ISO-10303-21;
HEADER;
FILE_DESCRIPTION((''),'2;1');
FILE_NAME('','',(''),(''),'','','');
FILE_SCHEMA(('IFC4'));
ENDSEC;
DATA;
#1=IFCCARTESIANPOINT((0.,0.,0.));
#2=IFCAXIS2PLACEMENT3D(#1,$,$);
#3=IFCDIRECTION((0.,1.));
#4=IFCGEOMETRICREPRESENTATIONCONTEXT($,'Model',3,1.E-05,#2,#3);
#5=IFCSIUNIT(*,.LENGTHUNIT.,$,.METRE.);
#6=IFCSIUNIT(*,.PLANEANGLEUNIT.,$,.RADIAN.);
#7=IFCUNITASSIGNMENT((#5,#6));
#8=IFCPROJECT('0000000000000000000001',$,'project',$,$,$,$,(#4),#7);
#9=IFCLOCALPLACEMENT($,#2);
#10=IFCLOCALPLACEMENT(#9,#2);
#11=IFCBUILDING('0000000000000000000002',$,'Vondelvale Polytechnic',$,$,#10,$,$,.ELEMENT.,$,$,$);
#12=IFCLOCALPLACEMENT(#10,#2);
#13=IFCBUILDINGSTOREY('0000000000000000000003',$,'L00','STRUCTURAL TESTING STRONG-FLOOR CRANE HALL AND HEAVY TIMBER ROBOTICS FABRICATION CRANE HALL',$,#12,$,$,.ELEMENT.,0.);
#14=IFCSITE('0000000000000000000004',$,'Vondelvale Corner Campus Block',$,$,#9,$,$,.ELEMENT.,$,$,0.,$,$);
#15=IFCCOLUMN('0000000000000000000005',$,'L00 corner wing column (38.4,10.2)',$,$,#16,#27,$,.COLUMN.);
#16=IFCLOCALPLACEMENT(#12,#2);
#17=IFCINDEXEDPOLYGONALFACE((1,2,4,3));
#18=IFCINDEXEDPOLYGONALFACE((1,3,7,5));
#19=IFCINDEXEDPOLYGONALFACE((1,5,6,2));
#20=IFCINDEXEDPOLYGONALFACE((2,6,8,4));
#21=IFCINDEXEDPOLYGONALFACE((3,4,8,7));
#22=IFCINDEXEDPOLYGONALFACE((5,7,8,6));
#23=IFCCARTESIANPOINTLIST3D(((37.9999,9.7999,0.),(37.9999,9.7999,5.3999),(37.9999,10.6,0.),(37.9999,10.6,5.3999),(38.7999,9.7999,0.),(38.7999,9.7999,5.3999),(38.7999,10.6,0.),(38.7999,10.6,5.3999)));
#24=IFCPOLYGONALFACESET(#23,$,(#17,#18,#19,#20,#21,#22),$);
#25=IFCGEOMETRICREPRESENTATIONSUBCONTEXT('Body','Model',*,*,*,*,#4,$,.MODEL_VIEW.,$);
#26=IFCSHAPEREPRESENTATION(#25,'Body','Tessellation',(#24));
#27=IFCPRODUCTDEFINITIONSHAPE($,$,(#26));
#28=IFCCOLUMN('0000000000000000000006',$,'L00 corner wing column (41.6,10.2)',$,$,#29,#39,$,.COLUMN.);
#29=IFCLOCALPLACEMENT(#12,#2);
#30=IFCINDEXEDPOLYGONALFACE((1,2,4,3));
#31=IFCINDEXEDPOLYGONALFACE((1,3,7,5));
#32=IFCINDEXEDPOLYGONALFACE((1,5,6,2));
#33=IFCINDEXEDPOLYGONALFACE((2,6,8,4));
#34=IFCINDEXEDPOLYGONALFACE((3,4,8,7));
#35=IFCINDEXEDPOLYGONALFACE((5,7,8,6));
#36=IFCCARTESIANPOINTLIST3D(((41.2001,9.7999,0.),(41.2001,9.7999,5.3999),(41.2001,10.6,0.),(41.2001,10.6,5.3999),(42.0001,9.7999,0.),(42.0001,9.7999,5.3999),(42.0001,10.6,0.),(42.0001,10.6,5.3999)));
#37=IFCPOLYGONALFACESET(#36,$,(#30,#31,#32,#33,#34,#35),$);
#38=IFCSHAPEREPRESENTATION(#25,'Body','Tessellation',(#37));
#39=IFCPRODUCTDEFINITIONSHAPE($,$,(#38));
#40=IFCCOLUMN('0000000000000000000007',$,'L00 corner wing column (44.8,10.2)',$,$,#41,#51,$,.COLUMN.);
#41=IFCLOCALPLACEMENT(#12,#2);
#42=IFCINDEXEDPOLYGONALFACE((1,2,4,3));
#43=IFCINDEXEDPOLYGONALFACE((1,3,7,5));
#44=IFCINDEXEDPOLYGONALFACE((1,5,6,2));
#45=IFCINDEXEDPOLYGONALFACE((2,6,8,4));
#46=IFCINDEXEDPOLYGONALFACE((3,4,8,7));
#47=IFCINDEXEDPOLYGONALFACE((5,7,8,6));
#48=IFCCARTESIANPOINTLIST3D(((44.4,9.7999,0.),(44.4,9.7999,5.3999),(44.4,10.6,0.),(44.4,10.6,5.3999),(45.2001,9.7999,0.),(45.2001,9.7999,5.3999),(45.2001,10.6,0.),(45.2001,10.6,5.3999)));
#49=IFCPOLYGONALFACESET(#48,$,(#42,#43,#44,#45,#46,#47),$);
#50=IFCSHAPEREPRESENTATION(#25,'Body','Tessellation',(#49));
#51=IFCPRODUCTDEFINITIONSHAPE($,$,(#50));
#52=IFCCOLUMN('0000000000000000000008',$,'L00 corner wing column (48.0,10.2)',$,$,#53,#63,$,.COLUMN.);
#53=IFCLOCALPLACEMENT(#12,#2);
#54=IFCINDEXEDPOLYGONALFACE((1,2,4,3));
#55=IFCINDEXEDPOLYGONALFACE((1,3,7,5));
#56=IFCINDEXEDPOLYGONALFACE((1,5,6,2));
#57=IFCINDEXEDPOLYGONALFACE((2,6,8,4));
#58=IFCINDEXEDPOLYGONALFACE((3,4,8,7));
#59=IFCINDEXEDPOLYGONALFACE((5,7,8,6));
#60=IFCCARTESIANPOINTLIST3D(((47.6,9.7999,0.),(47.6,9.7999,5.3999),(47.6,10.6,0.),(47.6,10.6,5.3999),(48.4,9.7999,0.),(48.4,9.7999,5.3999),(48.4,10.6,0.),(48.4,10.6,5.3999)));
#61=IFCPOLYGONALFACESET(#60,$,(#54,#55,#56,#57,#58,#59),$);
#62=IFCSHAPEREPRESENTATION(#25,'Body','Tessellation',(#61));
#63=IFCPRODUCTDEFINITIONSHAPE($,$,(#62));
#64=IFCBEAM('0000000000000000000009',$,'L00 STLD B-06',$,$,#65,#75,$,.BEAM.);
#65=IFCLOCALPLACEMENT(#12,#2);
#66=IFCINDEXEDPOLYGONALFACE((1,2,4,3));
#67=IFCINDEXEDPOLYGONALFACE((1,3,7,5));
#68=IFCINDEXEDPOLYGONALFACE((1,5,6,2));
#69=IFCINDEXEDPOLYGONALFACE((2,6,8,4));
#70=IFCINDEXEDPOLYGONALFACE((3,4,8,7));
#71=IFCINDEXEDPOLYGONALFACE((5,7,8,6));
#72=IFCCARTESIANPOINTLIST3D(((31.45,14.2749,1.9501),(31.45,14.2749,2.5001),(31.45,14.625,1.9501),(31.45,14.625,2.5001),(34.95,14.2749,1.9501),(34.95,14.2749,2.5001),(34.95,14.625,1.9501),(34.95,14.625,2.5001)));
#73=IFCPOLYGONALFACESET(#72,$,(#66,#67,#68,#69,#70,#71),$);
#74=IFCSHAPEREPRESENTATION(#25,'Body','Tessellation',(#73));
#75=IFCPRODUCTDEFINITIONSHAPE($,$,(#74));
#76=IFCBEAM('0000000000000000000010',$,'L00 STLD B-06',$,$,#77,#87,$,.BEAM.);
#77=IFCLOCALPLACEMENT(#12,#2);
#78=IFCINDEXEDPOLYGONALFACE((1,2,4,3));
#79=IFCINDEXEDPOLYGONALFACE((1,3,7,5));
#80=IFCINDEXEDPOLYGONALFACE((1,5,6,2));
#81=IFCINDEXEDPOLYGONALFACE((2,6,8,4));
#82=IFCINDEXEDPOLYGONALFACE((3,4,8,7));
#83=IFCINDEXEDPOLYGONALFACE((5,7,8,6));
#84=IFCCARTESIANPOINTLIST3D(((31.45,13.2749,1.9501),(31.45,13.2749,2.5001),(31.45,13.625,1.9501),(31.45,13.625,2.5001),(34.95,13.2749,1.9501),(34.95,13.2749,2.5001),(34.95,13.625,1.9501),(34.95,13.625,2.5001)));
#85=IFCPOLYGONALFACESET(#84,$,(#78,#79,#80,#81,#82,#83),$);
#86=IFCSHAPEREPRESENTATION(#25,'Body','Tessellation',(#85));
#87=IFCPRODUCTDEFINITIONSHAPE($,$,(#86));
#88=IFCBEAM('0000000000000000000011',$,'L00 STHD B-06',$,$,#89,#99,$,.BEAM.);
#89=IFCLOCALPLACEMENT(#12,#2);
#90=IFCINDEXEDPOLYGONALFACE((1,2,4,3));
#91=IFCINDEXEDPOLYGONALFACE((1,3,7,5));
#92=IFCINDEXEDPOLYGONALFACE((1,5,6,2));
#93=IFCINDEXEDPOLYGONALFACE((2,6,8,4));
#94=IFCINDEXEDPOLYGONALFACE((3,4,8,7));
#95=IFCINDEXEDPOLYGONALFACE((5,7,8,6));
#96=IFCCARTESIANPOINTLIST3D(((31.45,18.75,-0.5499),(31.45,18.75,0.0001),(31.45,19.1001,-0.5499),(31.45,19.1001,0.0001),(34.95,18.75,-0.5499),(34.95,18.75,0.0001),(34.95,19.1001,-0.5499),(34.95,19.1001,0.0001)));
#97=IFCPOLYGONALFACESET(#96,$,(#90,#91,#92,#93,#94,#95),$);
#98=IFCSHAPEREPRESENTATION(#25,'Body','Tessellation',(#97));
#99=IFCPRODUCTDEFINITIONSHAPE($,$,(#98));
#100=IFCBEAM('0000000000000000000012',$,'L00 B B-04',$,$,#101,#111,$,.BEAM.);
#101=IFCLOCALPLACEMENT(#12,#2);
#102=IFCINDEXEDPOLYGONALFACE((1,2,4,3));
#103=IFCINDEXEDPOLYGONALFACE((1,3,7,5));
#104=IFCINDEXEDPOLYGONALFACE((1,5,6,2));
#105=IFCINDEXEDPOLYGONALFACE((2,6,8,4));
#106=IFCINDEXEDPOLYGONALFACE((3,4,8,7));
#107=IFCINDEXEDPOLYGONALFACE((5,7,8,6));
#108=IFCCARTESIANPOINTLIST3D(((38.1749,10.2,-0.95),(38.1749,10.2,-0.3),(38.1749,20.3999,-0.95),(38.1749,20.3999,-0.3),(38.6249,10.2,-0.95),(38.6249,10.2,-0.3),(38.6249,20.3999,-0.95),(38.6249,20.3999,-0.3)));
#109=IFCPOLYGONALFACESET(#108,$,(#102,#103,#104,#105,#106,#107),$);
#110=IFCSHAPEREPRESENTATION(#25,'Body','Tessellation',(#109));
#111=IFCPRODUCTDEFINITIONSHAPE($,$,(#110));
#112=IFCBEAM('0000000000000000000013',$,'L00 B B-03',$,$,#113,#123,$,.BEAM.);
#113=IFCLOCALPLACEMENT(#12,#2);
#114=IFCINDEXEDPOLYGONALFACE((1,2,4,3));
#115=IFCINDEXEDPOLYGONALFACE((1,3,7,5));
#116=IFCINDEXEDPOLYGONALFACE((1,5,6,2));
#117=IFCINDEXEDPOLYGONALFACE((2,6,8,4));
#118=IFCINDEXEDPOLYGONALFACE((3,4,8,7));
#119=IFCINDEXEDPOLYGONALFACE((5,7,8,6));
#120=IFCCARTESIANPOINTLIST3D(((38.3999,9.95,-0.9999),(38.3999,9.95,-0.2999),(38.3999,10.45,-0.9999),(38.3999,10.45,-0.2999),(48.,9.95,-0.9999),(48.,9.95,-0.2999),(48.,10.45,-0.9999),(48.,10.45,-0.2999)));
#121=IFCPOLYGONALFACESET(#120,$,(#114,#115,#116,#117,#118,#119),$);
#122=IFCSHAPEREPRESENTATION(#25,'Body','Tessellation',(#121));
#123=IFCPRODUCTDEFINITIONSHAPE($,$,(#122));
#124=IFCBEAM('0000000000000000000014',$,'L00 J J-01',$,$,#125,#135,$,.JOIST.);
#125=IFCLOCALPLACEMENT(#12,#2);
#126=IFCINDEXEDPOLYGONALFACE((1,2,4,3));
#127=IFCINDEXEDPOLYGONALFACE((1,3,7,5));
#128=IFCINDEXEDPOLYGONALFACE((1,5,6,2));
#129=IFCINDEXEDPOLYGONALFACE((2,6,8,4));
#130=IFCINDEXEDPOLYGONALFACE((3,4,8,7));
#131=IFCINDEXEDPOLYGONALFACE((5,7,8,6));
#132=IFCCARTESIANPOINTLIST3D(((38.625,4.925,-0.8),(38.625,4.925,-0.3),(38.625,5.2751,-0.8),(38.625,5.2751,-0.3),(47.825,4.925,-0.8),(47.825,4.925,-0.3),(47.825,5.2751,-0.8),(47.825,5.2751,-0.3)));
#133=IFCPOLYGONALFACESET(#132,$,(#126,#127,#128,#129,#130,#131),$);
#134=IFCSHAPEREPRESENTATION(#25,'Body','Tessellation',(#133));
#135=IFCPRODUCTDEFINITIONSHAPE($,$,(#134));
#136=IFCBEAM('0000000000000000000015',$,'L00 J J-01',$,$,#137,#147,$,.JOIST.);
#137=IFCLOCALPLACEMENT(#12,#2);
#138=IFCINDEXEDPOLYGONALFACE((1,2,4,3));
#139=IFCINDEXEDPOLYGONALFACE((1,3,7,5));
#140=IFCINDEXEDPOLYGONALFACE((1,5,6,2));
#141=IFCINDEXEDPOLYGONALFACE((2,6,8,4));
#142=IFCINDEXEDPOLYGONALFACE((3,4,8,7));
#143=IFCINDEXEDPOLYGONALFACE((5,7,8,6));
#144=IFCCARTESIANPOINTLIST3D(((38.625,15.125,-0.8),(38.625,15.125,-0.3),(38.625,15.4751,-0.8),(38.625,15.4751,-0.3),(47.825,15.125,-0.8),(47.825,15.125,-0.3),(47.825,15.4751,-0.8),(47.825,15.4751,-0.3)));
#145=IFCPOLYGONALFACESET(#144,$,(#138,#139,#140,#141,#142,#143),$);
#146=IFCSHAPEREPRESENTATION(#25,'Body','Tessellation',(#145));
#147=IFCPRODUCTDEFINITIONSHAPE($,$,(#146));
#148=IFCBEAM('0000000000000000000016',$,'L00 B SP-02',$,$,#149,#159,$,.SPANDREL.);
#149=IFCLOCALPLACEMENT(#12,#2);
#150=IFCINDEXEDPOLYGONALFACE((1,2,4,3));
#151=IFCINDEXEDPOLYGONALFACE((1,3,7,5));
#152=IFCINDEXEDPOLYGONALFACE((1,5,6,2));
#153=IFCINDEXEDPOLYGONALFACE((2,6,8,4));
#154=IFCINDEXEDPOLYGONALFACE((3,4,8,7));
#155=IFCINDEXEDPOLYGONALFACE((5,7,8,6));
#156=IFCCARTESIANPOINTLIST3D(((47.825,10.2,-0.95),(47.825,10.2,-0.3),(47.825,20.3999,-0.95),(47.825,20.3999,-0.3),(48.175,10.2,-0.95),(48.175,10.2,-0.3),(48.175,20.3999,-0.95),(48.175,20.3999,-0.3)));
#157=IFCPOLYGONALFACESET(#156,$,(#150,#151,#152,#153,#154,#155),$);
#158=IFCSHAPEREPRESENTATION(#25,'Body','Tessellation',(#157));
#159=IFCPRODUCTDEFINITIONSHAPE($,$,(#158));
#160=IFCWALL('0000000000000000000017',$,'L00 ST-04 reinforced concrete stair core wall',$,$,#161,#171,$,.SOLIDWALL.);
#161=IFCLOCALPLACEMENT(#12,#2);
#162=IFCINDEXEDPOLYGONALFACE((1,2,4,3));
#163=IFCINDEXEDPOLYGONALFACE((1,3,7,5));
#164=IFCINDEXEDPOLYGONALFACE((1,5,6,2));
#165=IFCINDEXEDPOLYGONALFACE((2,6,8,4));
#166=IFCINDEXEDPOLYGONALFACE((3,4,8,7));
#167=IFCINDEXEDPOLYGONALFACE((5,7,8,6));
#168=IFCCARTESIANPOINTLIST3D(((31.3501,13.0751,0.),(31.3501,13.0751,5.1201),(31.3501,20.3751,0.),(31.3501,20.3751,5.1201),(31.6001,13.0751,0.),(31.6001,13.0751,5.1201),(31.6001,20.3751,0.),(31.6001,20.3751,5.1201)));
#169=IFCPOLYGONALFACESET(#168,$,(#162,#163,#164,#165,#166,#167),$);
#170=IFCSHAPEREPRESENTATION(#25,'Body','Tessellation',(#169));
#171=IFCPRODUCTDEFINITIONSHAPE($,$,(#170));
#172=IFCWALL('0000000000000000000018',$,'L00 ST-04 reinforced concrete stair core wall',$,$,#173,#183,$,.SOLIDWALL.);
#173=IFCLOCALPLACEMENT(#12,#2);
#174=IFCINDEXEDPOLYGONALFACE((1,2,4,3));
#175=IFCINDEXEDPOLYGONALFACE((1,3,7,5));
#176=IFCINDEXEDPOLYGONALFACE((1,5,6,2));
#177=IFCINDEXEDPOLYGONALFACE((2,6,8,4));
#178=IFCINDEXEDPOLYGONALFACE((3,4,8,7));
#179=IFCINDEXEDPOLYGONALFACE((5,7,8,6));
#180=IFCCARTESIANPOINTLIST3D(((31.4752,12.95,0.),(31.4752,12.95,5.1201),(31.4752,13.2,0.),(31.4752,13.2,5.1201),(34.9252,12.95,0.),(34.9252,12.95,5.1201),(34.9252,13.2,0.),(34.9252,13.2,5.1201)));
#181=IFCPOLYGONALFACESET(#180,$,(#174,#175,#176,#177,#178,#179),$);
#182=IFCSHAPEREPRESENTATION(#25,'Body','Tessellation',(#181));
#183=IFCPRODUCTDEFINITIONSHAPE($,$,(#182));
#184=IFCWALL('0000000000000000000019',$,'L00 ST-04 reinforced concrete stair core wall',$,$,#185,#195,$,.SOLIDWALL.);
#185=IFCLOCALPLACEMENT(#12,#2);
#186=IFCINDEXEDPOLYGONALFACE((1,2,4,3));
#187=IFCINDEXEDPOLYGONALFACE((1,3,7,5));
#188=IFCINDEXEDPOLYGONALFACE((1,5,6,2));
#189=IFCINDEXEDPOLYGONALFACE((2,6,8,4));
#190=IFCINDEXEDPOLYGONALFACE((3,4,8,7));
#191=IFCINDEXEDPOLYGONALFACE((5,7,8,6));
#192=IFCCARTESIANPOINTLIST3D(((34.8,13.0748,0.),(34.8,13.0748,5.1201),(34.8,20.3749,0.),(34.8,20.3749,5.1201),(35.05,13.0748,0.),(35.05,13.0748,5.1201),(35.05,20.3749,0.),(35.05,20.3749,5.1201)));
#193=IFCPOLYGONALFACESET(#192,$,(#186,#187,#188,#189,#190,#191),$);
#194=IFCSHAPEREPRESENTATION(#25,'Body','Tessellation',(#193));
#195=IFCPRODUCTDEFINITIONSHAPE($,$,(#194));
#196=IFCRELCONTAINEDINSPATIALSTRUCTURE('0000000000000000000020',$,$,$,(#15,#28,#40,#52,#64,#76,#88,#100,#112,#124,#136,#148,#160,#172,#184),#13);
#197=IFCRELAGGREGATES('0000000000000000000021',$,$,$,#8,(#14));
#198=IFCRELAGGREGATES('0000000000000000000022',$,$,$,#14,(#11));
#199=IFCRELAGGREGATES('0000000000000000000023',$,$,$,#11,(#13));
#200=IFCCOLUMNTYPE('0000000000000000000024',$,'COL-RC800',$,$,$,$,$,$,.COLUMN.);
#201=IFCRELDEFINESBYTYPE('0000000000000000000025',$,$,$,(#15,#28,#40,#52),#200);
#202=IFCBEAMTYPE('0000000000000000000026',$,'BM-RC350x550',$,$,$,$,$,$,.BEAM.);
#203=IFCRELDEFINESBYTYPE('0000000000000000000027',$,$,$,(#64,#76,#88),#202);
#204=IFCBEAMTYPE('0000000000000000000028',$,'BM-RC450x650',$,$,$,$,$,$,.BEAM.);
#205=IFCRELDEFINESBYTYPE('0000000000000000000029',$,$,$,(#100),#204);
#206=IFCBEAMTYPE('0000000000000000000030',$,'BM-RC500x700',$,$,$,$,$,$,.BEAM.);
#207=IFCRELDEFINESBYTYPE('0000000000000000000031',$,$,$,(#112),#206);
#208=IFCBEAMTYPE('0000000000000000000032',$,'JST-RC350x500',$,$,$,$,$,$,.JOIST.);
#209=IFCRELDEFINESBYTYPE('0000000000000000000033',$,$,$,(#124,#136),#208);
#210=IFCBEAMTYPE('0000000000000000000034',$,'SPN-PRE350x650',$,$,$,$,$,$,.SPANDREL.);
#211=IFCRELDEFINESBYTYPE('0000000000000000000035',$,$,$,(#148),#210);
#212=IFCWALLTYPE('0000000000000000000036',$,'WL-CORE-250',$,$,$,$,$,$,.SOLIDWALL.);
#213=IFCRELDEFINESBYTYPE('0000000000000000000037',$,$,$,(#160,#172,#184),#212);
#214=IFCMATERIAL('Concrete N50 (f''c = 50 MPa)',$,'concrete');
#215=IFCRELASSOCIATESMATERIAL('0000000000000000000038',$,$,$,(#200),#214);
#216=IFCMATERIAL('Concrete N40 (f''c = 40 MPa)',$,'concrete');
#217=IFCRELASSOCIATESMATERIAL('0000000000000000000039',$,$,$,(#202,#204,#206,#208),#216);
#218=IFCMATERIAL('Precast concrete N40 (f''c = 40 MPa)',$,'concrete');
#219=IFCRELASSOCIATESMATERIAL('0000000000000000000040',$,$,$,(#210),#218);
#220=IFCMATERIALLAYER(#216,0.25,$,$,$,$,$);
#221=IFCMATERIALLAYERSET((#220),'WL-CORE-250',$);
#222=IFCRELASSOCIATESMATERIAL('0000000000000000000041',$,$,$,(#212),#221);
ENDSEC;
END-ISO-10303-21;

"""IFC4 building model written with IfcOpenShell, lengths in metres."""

from ifc_helpers import new_model, si_unit, direction, frame, frame_2d, origin, origin_2d, place, context, subcontext, project, spatial, rectangle, extrude, material, layer, layer_set, material_profile, profile_set, type_object, element, save


model = new_model("IFC4")

# Units and contexts
model_context = context("Model", 3, precision=1e-05, world=origin(), true_north=direction((0.0, 1.0)))
body_context = subcontext(model_context, "Body", "Model", "MODEL_VIEW")
ifc_project = project(units=[si_unit("LENGTHUNIT", "METRE"), si_unit("PLANEANGLEUNIT", "RADIAN")], contexts=[model_context])

# Site, building, storey
site_placement = place(None, origin())
site = spatial("IfcSite", under=ifc_project, at=site_placement, Name="Vondelvale Corner Campus Block", CompositionType="ELEMENT", RefElevation=0.0)
building_placement = place(site_placement, origin())
building = spatial("IfcBuilding", under=site, at=building_placement, Name="Vondelvale Polytechnic", CompositionType="ELEMENT")
storey_placement = place(building_placement, origin())
storey = spatial("IfcBuildingStorey", under=building, at=storey_placement, Name="L00", Description="STRUCTURAL TESTING STRONG-FLOOR CRANE HALL AND HEAVY TIMBER ROBOTICS FABRICATION CRANE HALL", CompositionType="ELEMENT", Elevation=0.0)

# Columns
ifc_material_1 = material(Name="Concrete N50 (f'c = 50 MPa)", Category="concrete")
ifc_material_profile_1 = material_profile(ifc_material_1, rectangle(XDim=0.8, YDim=0.8, at=origin_2d()), Name="RC-COL-800x800")
ifc_profile_set_1 = profile_set([ifc_material_profile_1], Name="Concrete N50 (f'c = 50 MPa)")
column_type = type_object("IfcColumnType", Name="COL-RC800", PredefinedType="COLUMN", material=ifc_profile_set_1)
for number, where, z_axis, x_axis, name in (
    (1, (38.3999, 10.2, 0.0), (0.0, 0.0, 1.0), (1.0, 0.0, 0.0), "L00 corner wing column (38.4,10.2)"),
    (2, (41.6001, 10.2, 0.0), (0.0, 0.0, 1.0), (1.0, 0.0, 0.0), "L00 corner wing column (41.6,10.2)"),
    (3, (44.8, 10.2, 0.0), (0.0, 0.0, 1.0), (1.0, 0.0, 0.0), "L00 corner wing column (44.8,10.2)"),
    (4, (48.0, 10.2, 0.0), (0.0, 0.0, 1.0), (1.0, 0.0, 0.0), "L00 corner wing column (48.0,10.2)"),
):
    element("IfcColumn", number, at=place(storey_placement, frame(where, z_axis=z_axis, x_axis=x_axis)), inside=storey, type_object=column_type, Name=name, PredefinedType="COLUMN", context=body_context, shape_type="SweptSolid", body=[
        extrude(rectangle(XDim=0.8, YDim=0.8, at=origin_2d()), origin(), (0.0, 0.0, 1.0), 5.3999),
    ])

# Beams
ifc_material_2 = material(Name="Concrete N40 (f'c = 40 MPa)", Category="concrete")
ifc_material_profile_2 = material_profile(ifc_material_2, rectangle(XDim=0.3501, YDim=0.55, at=origin_2d()), Name="RC-BM-350x550")
ifc_profile_set_2 = profile_set([ifc_material_profile_2], Name="Concrete N40 (f'c = 40 MPa)")
beam_type_1 = type_object("IfcBeamType", Name="BM-RC350x550", PredefinedType="BEAM", material=ifc_profile_set_2)
for number, where, z_axis, x_axis, name in (
    (5, (31.45, 14.45, 2.2251), (1.0, 0.0, 0.0), (0.0, 1.0, 0.0), "L00 STLD B-06"),
    (6, (31.45, 13.45, 2.2251), (1.0, 0.0, 0.0), (0.0, 1.0, 0.0), "L00 STLD B-06"),
    (7, (31.45, 18.925, -0.2749), (1.0, 0.0, 0.0), (0.0, 1.0, 0.0), "L00 STHD B-06"),
):
    element("IfcBeam", number, at=place(storey_placement, frame(where, z_axis=z_axis, x_axis=x_axis)), inside=storey, type_object=beam_type_1, Name=name, PredefinedType="BEAM", context=body_context, shape_type="SweptSolid", body=[
        extrude(rectangle(XDim=0.3501, YDim=0.55, at=origin_2d()), origin(), (0.0, 0.0, 1.0), 3.5),
    ])
ifc_material_profile_3 = material_profile(ifc_material_2, rectangle(XDim=0.45, YDim=0.6499, at=origin_2d()), Name="RC-BM-450x650")
ifc_profile_set_3 = profile_set([ifc_material_profile_3], Name="Concrete N40 (f'c = 40 MPa)")
beam_type_2 = type_object("IfcBeamType", Name="BM-RC450x650", PredefinedType="BEAM", material=ifc_profile_set_3)
beam_1_placement = place(storey_placement, frame((38.3999, 10.2, -0.625), z_axis=(0.0, 1.0, 0.0), x_axis=(-1.0, 0.0, 0.0)))
element("IfcBeam", 8, at=beam_1_placement, inside=storey, type_object=beam_type_2, Name="L00 B B-04", PredefinedType="BEAM", context=body_context, shape_type="SweptSolid", body=[
    extrude(rectangle(XDim=0.45, YDim=0.6499, at=origin_2d()), origin(), (0.0, 0.0, 1.0), 10.2),
])
ifc_material_profile_4 = material_profile(ifc_material_2, rectangle(XDim=0.5, YDim=0.7, at=origin_2d()), Name="RC-BM-500x700")
ifc_profile_set_4 = profile_set([ifc_material_profile_4], Name="Concrete N40 (f'c = 40 MPa)")
beam_type_3 = type_object("IfcBeamType", Name="BM-RC500x700", PredefinedType="BEAM", material=ifc_profile_set_4)
beam_2_placement = place(storey_placement, frame((38.3999, 10.2, -0.6499), z_axis=(1.0, 0.0, 0.0), x_axis=(0.0, 1.0, 0.0)))
element("IfcBeam", 9, at=beam_2_placement, inside=storey, type_object=beam_type_3, Name="L00 B B-03", PredefinedType="BEAM", context=body_context, shape_type="SweptSolid", body=[
    extrude(rectangle(XDim=0.5, YDim=0.7, at=origin_2d()), origin(), (0.0, 0.0, 1.0), 9.6001),
])
ifc_material_profile_5 = material_profile(ifc_material_2, rectangle(XDim=0.3501, YDim=0.5, at=origin_2d()), Name="RC-JST-350x500")
ifc_profile_set_5 = profile_set([ifc_material_profile_5], Name="Concrete N40 (f'c = 40 MPa)")
beam_type_4 = type_object("IfcBeamType", Name="JST-RC350x500", PredefinedType="JOIST", material=ifc_profile_set_5)
for number, where, z_axis, x_axis, name in (
    (10, (38.625, 5.1001, -0.55), (1.0, 0.0, 0.0), (0.0, 1.0, 0.0), "L00 J J-01"),
    (11, (38.625, 15.3, -0.55), (1.0, 0.0, 0.0), (0.0, 1.0, 0.0), "L00 J J-01"),
):
    element("IfcBeam", number, at=place(storey_placement, frame(where, z_axis=z_axis, x_axis=x_axis)), inside=storey, type_object=beam_type_4, Name=name, PredefinedType="JOIST", context=body_context, shape_type="SweptSolid", body=[
        extrude(rectangle(XDim=0.3501, YDim=0.5, at=origin_2d()), origin(), (0.0, 0.0, 1.0), 9.2),
    ])
ifc_material_3 = material(Name="Precast concrete N40 (f'c = 40 MPa)", Category="concrete")
ifc_material_profile_6 = material_profile(ifc_material_3, rectangle(XDim=0.3501, YDim=0.6499, at=origin_2d()), Name="RC-SPN-350x650")
ifc_profile_set_6 = profile_set([ifc_material_profile_6], Name="Precast concrete N40 (f'c = 40 MPa)")
beam_type_5 = type_object("IfcBeamType", Name="SPN-PRE350x650", PredefinedType="SPANDREL", material=ifc_profile_set_6)
beam_3_placement = place(storey_placement, frame((48.0, 10.2, -0.625), z_axis=(0.0, 1.0, 0.0), x_axis=(-1.0, 0.0, 0.0)))
element("IfcBeam", 12, at=beam_3_placement, inside=storey, type_object=beam_type_5, Name="L00 B SP-02", PredefinedType="SPANDREL", context=body_context, shape_type="SweptSolid", body=[
    extrude(rectangle(XDim=0.3501, YDim=0.6499, at=origin_2d()), origin(), (0.0, 0.0, 1.0), 10.2),
])

# Walls
ifc_layer_1 = layer(ifc_material_2, 0.25)
ifc_layer_set_1 = layer_set([ifc_layer_1], Name="WL-CORE-250")
wall_type_1 = type_object("IfcWallType", Name="WL-CORE-250", PredefinedType="SOLIDWALL", material=ifc_layer_set_1)
wall_1_placement = place(storey_placement, frame((31.4751, 20.375, 0.0), z_axis=(0.0, 0.0, 1.0), x_axis=(0.0, -1.0, 0.0)))
element("IfcWall", 13, at=wall_1_placement, inside=storey, type_object=wall_type_1, Name="L00 ST-04 reinforced concrete stair core wall", PredefinedType="SOLIDWALL", context=body_context, shape_type="SweptSolid", body=[
    extrude(rectangle(XDim=7.3, YDim=0.25, at=frame_2d((3.6499, 0.0))), origin(), (0.0, 0.0, 1.0), 5.1201),
])
wall_2_placement = place(storey_placement, frame((31.4751, 13.075, 0.0), z_axis=(0.0, 0.0, 1.0), x_axis=(1.0, 0.0, 0.0)))
element("IfcWall", 14, at=wall_2_placement, inside=storey, type_object=wall_type_1, Name="L00 ST-04 reinforced concrete stair core wall", PredefinedType="SOLIDWALL", context=body_context, shape_type="SweptSolid", body=[
    extrude(rectangle(XDim=3.45, YDim=0.25, at=frame_2d((1.7251, 0.0))), origin(), (0.0, 0.0, 1.0), 5.1201),
])
wall_3_placement = place(storey_placement, frame((34.925, 13.075, 0.0), z_axis=(0.0, 0.0, 1.0), x_axis=(0.0, 1.0, 0.0)))
element("IfcWall", 15, at=wall_3_placement, inside=storey, type_object=wall_type_1, Name="L00 ST-04 reinforced concrete stair core wall", PredefinedType="SOLIDWALL", context=body_context, shape_type="SweptSolid", body=[
    extrude(rectangle(XDim=7.3, YDim=0.25, at=frame_2d((3.6499, 0.0))), origin(), (0.0, 0.0, 1.0), 5.1201),
])

save(model, "model.ifc")
